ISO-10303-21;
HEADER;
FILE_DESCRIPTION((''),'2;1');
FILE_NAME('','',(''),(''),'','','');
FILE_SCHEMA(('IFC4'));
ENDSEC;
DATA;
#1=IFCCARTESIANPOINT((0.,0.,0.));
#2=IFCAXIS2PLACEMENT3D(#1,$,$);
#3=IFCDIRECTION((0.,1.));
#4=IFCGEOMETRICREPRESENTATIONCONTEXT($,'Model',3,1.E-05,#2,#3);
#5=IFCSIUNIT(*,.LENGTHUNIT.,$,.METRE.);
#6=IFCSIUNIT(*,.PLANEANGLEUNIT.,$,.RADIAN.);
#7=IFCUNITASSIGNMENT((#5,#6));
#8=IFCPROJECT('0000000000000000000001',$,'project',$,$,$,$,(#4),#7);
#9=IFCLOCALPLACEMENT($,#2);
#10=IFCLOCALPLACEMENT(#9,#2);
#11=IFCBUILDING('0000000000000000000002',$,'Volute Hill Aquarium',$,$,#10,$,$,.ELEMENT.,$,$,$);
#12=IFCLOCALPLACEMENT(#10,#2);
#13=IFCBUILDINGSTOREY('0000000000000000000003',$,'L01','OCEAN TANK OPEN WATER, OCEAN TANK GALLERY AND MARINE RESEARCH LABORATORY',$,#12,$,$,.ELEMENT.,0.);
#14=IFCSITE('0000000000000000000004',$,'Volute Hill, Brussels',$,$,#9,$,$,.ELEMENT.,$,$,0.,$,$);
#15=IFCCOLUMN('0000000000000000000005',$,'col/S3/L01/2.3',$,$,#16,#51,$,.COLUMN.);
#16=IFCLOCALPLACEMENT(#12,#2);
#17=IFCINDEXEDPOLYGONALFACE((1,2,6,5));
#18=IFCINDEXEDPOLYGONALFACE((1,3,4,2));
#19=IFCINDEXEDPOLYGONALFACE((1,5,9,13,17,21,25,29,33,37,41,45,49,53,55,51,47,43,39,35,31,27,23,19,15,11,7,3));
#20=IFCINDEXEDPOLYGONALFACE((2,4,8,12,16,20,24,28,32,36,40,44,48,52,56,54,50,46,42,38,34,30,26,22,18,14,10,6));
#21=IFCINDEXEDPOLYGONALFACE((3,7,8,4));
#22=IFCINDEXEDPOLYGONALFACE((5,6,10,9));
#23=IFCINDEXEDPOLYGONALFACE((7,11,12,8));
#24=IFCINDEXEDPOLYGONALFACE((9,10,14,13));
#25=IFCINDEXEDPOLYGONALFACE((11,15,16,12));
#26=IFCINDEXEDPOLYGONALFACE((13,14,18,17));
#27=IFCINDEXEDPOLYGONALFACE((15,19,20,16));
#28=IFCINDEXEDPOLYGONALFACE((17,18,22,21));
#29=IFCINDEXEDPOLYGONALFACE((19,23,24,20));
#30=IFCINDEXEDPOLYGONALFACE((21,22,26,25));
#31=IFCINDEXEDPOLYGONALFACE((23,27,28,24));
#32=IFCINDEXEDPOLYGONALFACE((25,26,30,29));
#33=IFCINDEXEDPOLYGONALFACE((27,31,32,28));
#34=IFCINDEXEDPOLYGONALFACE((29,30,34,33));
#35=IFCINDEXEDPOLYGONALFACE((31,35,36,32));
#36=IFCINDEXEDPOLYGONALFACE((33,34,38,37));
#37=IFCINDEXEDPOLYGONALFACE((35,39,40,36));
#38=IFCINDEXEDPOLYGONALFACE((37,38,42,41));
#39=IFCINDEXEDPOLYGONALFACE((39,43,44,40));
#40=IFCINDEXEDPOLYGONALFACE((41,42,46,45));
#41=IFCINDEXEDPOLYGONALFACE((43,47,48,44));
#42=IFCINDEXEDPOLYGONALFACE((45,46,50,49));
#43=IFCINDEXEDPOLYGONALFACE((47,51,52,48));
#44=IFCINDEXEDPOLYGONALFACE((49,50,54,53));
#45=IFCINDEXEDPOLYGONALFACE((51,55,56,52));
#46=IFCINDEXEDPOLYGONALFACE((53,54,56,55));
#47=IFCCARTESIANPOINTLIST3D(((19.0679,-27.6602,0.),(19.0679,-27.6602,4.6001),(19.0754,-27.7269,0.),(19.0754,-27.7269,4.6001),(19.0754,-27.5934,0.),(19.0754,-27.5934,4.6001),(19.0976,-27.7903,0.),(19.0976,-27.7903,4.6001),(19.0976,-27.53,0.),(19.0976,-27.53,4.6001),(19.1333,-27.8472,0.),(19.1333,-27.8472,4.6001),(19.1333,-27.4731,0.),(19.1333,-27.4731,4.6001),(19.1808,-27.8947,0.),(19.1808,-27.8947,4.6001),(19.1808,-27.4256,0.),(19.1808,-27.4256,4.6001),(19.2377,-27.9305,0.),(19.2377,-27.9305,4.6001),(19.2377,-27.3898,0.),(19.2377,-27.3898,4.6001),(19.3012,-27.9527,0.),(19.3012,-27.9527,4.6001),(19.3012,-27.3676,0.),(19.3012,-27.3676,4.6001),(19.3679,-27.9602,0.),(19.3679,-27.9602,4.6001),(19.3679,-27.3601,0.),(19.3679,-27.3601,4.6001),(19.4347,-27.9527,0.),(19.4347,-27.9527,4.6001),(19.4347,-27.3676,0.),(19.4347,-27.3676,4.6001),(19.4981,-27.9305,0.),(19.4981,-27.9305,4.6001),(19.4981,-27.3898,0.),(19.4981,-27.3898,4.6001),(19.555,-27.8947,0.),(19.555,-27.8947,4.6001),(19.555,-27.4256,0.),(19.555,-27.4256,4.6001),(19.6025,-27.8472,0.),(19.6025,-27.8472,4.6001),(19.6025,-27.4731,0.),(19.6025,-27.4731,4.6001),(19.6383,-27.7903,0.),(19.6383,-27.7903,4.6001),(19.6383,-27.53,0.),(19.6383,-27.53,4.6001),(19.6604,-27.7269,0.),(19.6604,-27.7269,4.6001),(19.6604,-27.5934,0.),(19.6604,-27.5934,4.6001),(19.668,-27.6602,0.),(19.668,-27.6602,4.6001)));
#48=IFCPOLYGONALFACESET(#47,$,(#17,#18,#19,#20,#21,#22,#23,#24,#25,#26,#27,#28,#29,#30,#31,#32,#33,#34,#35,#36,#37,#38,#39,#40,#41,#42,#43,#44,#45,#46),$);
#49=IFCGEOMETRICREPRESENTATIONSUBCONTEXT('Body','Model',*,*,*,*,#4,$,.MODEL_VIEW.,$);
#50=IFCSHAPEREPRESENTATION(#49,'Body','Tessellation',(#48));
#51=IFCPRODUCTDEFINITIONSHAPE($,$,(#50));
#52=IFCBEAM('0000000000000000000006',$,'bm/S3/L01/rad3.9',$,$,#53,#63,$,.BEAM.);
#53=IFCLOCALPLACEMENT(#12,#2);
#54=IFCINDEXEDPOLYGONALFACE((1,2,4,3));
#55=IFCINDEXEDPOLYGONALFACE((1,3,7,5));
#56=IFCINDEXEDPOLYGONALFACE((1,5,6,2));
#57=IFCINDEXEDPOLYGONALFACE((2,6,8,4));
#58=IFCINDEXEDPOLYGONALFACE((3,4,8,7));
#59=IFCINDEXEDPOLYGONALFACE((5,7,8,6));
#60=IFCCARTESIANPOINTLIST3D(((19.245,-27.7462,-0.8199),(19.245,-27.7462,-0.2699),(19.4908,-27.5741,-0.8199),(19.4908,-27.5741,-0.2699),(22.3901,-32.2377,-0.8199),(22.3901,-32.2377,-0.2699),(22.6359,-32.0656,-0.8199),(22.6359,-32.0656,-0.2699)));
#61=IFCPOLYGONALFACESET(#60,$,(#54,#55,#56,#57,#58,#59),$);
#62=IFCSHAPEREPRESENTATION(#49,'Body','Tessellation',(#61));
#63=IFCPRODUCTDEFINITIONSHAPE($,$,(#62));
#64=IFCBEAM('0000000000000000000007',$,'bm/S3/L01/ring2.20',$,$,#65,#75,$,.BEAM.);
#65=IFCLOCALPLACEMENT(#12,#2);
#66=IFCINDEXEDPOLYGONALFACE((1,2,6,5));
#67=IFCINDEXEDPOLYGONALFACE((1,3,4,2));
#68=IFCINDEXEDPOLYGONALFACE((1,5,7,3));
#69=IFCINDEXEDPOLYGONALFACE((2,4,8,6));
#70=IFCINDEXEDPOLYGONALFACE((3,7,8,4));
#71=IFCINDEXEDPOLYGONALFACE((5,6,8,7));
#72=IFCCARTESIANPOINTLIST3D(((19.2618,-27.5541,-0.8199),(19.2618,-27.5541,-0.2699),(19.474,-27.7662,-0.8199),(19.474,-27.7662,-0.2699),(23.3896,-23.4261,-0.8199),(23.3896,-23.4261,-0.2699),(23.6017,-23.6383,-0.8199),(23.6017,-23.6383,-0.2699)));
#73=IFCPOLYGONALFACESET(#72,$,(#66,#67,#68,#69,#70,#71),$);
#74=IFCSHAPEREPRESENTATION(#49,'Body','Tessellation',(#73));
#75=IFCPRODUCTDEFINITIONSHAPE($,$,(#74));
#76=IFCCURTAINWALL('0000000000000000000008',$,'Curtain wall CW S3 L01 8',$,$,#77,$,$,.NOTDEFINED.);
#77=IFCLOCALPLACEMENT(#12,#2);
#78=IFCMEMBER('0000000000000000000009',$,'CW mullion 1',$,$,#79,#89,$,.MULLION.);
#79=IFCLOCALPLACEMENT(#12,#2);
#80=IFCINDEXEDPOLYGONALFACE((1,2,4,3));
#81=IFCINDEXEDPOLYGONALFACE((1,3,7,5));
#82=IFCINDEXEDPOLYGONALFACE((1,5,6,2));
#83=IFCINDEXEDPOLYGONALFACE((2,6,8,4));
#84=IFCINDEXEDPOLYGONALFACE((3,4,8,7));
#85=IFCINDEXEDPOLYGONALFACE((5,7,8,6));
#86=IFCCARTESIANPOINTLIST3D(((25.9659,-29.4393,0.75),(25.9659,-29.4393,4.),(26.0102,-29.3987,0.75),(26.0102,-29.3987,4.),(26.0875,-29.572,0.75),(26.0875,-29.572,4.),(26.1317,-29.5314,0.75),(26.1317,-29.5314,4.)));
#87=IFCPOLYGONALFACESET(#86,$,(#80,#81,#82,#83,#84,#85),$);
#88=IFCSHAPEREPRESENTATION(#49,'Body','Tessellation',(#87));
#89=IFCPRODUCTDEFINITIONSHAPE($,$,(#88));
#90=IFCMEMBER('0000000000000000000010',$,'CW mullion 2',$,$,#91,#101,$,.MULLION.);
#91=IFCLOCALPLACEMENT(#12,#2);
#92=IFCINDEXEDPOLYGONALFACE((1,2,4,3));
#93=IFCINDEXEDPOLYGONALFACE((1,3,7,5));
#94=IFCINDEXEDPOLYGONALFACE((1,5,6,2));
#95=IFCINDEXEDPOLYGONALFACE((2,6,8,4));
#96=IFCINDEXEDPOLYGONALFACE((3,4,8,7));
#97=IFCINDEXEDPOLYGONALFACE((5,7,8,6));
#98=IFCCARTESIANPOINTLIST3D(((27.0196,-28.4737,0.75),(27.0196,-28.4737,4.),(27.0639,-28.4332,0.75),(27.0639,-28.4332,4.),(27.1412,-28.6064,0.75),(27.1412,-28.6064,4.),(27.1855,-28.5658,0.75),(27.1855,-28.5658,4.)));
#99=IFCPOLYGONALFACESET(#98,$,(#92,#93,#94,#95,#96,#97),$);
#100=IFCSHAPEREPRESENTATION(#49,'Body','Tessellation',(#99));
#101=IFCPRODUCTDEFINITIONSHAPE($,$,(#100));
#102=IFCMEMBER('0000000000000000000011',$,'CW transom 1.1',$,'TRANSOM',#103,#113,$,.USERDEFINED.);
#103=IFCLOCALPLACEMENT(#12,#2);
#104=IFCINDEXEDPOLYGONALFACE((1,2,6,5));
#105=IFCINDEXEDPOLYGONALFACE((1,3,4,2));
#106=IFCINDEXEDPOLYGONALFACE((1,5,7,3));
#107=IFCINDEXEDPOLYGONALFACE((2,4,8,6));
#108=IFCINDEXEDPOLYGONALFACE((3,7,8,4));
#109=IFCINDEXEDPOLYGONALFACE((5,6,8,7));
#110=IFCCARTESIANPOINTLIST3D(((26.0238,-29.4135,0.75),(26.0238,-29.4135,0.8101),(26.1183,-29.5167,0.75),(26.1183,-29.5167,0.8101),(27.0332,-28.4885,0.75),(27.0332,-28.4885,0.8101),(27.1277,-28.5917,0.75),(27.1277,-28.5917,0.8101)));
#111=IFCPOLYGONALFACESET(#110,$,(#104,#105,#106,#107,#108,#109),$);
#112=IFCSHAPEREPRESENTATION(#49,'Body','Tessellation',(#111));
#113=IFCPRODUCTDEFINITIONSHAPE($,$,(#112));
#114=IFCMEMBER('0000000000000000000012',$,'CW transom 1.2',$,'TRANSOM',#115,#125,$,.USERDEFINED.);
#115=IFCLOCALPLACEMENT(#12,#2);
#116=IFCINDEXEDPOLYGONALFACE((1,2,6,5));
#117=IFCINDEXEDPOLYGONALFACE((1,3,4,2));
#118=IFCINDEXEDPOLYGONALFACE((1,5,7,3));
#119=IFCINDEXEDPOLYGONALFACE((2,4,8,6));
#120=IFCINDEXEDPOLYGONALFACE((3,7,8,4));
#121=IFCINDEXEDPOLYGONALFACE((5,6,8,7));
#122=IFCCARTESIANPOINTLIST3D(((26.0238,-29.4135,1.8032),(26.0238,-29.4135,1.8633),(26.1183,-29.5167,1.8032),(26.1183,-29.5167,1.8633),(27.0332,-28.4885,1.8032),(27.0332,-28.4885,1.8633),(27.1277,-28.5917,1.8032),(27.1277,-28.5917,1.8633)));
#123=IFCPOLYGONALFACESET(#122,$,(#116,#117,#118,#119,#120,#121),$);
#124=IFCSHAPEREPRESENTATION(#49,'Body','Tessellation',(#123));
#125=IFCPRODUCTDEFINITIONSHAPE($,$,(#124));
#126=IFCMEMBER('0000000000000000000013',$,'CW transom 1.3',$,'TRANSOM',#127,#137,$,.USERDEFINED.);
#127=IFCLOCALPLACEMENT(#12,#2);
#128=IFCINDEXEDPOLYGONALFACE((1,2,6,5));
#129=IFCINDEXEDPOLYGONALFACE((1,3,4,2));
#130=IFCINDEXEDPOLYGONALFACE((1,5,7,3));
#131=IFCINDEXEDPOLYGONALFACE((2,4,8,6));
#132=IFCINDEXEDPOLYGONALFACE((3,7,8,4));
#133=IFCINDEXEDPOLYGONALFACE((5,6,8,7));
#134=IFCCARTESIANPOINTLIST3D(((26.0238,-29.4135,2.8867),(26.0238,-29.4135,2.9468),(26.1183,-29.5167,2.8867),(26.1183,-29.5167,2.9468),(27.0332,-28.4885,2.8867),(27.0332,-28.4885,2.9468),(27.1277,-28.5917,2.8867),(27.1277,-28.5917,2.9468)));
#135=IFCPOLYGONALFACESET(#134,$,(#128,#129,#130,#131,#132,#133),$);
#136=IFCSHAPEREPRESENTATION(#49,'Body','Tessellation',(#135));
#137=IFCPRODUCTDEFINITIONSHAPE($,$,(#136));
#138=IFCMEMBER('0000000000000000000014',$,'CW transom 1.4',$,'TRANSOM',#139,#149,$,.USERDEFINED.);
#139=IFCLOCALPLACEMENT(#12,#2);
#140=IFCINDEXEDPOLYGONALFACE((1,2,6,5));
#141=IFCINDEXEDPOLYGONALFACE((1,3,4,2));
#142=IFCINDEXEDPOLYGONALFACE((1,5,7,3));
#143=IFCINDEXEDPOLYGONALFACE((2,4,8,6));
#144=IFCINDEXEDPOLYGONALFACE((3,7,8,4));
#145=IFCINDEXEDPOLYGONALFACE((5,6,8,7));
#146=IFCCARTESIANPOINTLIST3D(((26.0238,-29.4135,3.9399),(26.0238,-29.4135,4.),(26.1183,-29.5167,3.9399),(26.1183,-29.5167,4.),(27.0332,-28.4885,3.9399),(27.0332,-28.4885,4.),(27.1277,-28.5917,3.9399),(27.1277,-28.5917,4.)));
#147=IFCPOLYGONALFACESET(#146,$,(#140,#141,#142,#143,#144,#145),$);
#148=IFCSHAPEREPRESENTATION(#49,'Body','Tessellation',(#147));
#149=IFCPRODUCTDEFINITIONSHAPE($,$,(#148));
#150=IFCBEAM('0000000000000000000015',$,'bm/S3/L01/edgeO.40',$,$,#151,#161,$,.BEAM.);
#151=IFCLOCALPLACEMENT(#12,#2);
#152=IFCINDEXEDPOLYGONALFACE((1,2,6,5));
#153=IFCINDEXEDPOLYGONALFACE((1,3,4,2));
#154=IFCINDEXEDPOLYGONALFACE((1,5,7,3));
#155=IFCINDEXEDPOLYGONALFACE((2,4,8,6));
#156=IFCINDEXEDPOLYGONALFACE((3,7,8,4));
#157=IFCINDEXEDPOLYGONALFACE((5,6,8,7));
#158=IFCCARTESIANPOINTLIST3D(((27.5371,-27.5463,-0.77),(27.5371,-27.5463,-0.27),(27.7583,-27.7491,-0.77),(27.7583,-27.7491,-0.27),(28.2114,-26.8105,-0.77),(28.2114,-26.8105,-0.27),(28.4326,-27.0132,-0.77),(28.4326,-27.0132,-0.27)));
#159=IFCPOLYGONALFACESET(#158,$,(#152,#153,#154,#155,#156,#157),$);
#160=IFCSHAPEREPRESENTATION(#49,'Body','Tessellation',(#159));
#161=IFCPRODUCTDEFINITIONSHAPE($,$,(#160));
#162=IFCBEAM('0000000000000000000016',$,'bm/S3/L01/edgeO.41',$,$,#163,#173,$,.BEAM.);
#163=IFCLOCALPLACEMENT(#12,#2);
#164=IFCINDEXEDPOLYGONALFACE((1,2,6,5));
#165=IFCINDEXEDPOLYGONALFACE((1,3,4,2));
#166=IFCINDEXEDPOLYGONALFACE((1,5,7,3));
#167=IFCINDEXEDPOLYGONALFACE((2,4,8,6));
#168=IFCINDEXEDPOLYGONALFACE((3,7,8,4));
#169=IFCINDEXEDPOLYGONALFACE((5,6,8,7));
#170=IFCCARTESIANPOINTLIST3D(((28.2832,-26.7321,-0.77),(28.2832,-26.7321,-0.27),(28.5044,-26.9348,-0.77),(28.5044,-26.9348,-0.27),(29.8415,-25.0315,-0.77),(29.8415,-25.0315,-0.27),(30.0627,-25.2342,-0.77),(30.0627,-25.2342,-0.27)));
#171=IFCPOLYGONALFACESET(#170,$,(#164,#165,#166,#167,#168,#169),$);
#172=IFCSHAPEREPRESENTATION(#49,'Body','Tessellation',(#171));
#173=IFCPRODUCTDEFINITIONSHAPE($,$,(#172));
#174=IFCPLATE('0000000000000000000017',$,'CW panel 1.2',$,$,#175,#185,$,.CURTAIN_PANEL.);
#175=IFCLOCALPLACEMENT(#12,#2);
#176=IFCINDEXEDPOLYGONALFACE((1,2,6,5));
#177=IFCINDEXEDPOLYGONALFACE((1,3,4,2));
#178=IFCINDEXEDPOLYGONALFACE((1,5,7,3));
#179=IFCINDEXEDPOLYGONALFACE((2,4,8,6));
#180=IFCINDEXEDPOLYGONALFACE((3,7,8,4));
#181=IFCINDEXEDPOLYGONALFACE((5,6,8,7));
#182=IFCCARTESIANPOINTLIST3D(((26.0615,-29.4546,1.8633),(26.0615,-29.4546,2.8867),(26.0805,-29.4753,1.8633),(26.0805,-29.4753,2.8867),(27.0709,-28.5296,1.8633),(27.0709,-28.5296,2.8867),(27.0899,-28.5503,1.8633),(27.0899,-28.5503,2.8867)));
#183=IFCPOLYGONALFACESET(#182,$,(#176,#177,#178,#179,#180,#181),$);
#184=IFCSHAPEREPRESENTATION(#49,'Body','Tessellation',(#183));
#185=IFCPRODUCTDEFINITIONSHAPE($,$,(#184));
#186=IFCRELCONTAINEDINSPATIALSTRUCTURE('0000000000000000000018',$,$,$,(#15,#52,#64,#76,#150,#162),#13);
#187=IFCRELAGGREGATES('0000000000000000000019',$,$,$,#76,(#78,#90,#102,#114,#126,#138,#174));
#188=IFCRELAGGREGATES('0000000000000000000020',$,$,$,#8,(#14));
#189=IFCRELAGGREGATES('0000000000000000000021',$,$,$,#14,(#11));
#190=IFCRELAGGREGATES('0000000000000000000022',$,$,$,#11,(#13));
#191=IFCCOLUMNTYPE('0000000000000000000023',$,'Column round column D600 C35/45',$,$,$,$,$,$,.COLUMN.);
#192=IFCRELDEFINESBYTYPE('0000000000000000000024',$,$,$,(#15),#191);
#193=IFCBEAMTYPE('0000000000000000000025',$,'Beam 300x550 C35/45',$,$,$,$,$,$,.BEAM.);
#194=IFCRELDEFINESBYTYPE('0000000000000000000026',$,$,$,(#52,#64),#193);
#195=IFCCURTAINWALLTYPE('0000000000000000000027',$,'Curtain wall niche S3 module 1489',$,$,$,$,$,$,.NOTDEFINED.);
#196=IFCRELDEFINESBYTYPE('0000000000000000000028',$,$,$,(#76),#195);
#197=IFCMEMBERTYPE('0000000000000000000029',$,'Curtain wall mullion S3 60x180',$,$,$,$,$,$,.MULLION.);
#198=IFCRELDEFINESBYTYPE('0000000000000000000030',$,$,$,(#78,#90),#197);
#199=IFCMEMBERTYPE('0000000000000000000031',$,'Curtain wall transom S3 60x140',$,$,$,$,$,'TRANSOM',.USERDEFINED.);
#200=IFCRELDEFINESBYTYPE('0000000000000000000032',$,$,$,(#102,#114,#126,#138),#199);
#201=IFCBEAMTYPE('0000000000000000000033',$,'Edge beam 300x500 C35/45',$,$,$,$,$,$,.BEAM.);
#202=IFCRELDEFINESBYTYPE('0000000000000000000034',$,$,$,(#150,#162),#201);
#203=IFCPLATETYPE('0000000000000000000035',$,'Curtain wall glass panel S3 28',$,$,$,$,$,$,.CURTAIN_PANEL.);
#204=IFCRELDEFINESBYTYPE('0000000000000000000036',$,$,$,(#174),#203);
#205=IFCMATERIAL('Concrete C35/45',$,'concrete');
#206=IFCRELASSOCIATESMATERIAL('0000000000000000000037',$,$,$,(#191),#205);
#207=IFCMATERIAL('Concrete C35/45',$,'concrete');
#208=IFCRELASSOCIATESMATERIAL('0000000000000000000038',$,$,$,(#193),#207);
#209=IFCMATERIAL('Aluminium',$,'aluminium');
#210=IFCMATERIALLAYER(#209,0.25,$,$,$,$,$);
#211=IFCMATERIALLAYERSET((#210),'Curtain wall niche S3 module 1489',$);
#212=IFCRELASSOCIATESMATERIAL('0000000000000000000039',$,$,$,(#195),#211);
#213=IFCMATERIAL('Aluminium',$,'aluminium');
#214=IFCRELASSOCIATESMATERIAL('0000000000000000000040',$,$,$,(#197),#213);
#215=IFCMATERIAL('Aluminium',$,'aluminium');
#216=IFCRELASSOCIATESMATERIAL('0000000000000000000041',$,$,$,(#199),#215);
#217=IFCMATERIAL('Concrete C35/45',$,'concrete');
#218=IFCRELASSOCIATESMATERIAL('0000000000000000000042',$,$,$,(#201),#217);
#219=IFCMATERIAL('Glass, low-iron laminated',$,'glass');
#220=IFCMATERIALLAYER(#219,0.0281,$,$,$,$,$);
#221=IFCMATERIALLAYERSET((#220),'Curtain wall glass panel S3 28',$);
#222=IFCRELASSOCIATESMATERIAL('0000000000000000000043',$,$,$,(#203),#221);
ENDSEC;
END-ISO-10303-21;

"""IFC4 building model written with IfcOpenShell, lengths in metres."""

from ifc_helpers import new_model, si_unit, direction, frame, origin, origin_2d, place, context, subcontext, project, spatial, rectangle, circle, extrude, material, layer, layer_set, material_profile, profile_set, type_object, element, aggregate, save


model = new_model("IFC4")

# Units and contexts
model_context = context("Model", 3, precision=1e-05, world=origin(), true_north=direction((0.0, 1.0)))
body_context = subcontext(model_context, "Body", "Model", "MODEL_VIEW")
ifc_project = project(units=[si_unit("LENGTHUNIT", "METRE"), si_unit("PLANEANGLEUNIT", "RADIAN")], contexts=[model_context])

# Site, building, storey
site_placement = place(None, origin())
site = spatial("IfcSite", under=ifc_project, at=site_placement, Name="Volute Hill, Brussels", CompositionType="ELEMENT", RefElevation=0.0)
building_placement = place(site_placement, origin())
building = spatial("IfcBuilding", under=site, at=building_placement, Name="Volute Hill Aquarium", CompositionType="ELEMENT")
storey_placement = place(building_placement, origin())
storey = spatial("IfcBuildingStorey", under=building, at=storey_placement, Name="L01", Description="OCEAN TANK OPEN WATER, OCEAN TANK GALLERY AND MARINE RESEARCH LABORATORY", CompositionType="ELEMENT", Elevation=0.0)

# Column
ifc_material_1 = material(Name="Concrete C35/45", Category="concrete")
ifc_material_profile_1 = material_profile(ifc_material_1, circle(Radius=0.3, at=origin_2d()), Name="RC round column D600")
ifc_profile_set_1 = profile_set([ifc_material_profile_1], Name="Concrete C35/45")
column_type = type_object("IfcColumnType", Name="Column round column D600 C35/45", PredefinedType="COLUMN", material=ifc_profile_set_1)
column_placement = place(storey_placement, frame((19.3679, -27.6602, 0.0), z_axis=(0.0, 0.0, 1.0), x_axis=(1.0, 0.0, 0.0)))
element("IfcColumn", 1, at=column_placement, inside=storey, type_object=column_type, Name="col/S3/L01/2.3", PredefinedType="COLUMN", context=body_context, shape_type="SweptSolid", body=[
    extrude(circle(Radius=0.3, at=origin_2d()), origin(), (0.0, 0.0, 1.0), 4.6001),
])

# Beams
ifc_material_2 = material(Name="Concrete C35/45", Category="concrete")
ifc_material_profile_2 = material_profile(ifc_material_2, rectangle(XDim=0.3, YDim=0.55, at=origin_2d()), Name="RC beam 300x550")
ifc_profile_set_2 = profile_set([ifc_material_profile_2], Name="Concrete C35/45")
beam_type_1 = type_object("IfcBeamType", Name="Beam 300x550 C35/45", PredefinedType="BEAM", material=ifc_profile_set_2)
beam_1_placement = place(storey_placement, frame((19.3679, -27.6602, -0.5449), z_axis=(0.573585, -0.819146, 0.0), x_axis=(0.819146, 0.573585, 0.0)))
element("IfcBeam", 2, at=beam_1_placement, inside=storey, type_object=beam_type_1, Name="bm/S3/L01/rad3.9", PredefinedType="BEAM", context=body_context, shape_type="SweptSolid", body=[
    extrude(rectangle(XDim=0.3, YDim=0.55, at=origin_2d()), origin(), (0.0, 0.0, 1.0), 5.4832),
])
beam_2_placement = place(storey_placement, frame((19.3679, -27.6602, -0.5449), z_axis=(0.707086, 0.707128, 0.0), x_axis=(-0.707128, 0.707086, 0.0)))
element("IfcBeam", 3, at=beam_2_placement, inside=storey, type_object=beam_type_1, Name="bm/S3/L01/ring2.20", PredefinedType="BEAM", context=body_context, shape_type="SweptSolid", body=[
    extrude(rectangle(XDim=0.3, YDim=0.55, at=origin_2d()), origin(), (0.0, 0.0, 1.0), 5.8376),
])

# Curtain wall, members
ifc_material_3 = material(Name="Aluminium", Category="aluminium")
ifc_layer_1 = layer(ifc_material_3, 0.25)
ifc_layer_set_1 = layer_set([ifc_layer_1], Name="Curtain wall niche S3 module 1489")
curtain_wall_type = type_object("IfcCurtainWallType", Name="Curtain wall niche S3 module 1489", PredefinedType="NOTDEFINED", material=ifc_layer_set_1)
curtain_wall_placement = place(storey_placement, origin())
curtain_wall = element("IfcCurtainWall", 4, at=curtain_wall_placement, inside=storey, type_object=curtain_wall_type, Name="Curtain wall CW S3 L01 8", PredefinedType="NOTDEFINED")
ifc_material_4 = material(Name="Aluminium", Category="aluminium")
ifc_material_profile_3 = material_profile(ifc_material_4, rectangle(XDim=0.1799, YDim=0.0601, at=origin_2d()), Name="Curtain wall mullion S3 60x180")
ifc_profile_set_3 = profile_set([ifc_material_profile_3], Name="Aluminium")
member_type_1 = type_object("IfcMemberType", Name="Curtain wall mullion S3 60x180", PredefinedType="MULLION", material=ifc_profile_set_3)
member_1_placement = place(storey_placement, frame((26.0488, -29.4854, 0.75), z_axis=(0.0, 0.0, 1.0), x_axis=(-0.675613, 0.737256, 0.0)))
member_1 = element("IfcMember", 5, at=member_1_placement, type_object=member_type_1, Name="CW mullion 1", PredefinedType="MULLION", context=body_context, shape_type="SweptSolid", body=[
    extrude(rectangle(XDim=0.1799, YDim=0.0601, at=origin_2d()), origin(), (0.0, 0.0, 1.0), 3.25),
])
member_2_placement = place(storey_placement, frame((27.1025, -28.5198, 0.75), z_axis=(0.0, 0.0, 1.0), x_axis=(-0.675613, 0.737256, 0.0)))
member_2 = element("IfcMember", 6, at=member_2_placement, type_object=member_type_1, Name="CW mullion 2", PredefinedType="MULLION", context=body_context, shape_type="SweptSolid", body=[
    extrude(rectangle(XDim=0.1799, YDim=0.0601, at=origin_2d()), origin(), (0.0, 0.0, 1.0), 3.25),
])
ifc_material_5 = material(Name="Aluminium", Category="aluminium")
ifc_material_profile_4 = material_profile(ifc_material_5, rectangle(XDim=0.1399, YDim=0.0601, at=origin_2d()), Name="Curtain wall transom S3 60x140")
ifc_profile_set_4 = profile_set([ifc_material_profile_4], Name="Aluminium")
member_type_2 = type_object("IfcMemberType", Name="Curtain wall transom S3 60x140", ElementType="TRANSOM", PredefinedType="USERDEFINED", material=ifc_profile_set_4)
member_3_placement = place(storey_placement, frame((26.071, -29.4651, 0.78), z_axis=(0.73728, 0.675587, 0.0), x_axis=(-0.675587, 0.73728, 0.0)))
member_3 = element("IfcMember", 7, at=member_3_placement, type_object=member_type_2, Name="CW transom 1.1", ObjectType="TRANSOM", PredefinedType="USERDEFINED", context=body_context, shape_type="SweptSolid", body=[
    extrude(rectangle(XDim=0.1399, YDim=0.0601, at=origin_2d()), origin(), (0.0, 0.0, 1.0), 1.3691),
])
member_4_placement = place(storey_placement, frame((26.071, -29.4651, 1.8333), z_axis=(0.73728, 0.675587, 0.0), x_axis=(-0.675587, 0.73728, 0.0)))
member_4 = element("IfcMember", 8, at=member_4_placement, type_object=member_type_2, Name="CW transom 1.2", ObjectType="TRANSOM", PredefinedType="USERDEFINED", context=body_context, shape_type="SweptSolid", body=[
    extrude(rectangle(XDim=0.1399, YDim=0.0601, at=origin_2d()), origin(), (0.0, 0.0, 1.0), 1.3691),
])
member_5_placement = place(storey_placement, frame((26.071, -29.4651, 2.9167), z_axis=(0.73728, 0.675587, 0.0), x_axis=(-0.675587, 0.73728, 0.0)))
member_5 = element("IfcMember", 9, at=member_5_placement, type_object=member_type_2, Name="CW transom 1.3", ObjectType="TRANSOM", PredefinedType="USERDEFINED", context=body_context, shape_type="SweptSolid", body=[
    extrude(rectangle(XDim=0.1399, YDim=0.0601, at=origin_2d()), origin(), (0.0, 0.0, 1.0), 1.3691),
])
member_6_placement = place(storey_placement, frame((26.071, -29.4651, 3.97), z_axis=(0.73728, 0.675587, 0.0), x_axis=(-0.675587, 0.73728, 0.0)))
member_6 = element("IfcMember", 10, at=member_6_placement, type_object=member_type_2, Name="CW transom 1.4", ObjectType="TRANSOM", PredefinedType="USERDEFINED", context=body_context, shape_type="SweptSolid", body=[
    extrude(rectangle(XDim=0.1399, YDim=0.0601, at=origin_2d()), origin(), (0.0, 0.0, 1.0), 1.3691),
])

# Beams
ifc_material_6 = material(Name="Concrete C35/45", Category="concrete")
ifc_material_profile_5 = material_profile(ifc_material_6, rectangle(XDim=0.3, YDim=0.5, at=origin_2d()), Name="RC edge beam 300x500")
ifc_profile_set_5 = profile_set([ifc_material_profile_5], Name="Concrete C35/45")
beam_type_2 = type_object("IfcBeamType", Name="Edge beam 300x500 C35/45", PredefinedType="BEAM", material=ifc_profile_set_5)
beam_3_placement = place(storey_placement, frame((27.6477, -27.6477, -0.52), z_axis=(0.675614, 0.737256, 0.0), x_axis=(-0.737256, 0.675614, 0.0)))
element("IfcBeam", 11, at=beam_3_placement, inside=storey, type_object=beam_type_2, Name="bm/S3/L01/edgeO.40", PredefinedType="BEAM", context=body_context, shape_type="SweptSolid", body=[
    extrude(rectangle(XDim=0.3, YDim=0.5, at=origin_2d()), origin(), (0.0, 0.0, 1.0), 0.998),
])
beam_4_placement = place(storey_placement, frame((28.3938, -26.8335, -0.52), z_axis=(0.675581, 0.737286, 0.0), x_axis=(-0.737286, 0.675581, 0.0)))
element("IfcBeam", 12, at=beam_4_placement, inside=storey, type_object=beam_type_2, Name="bm/S3/L01/edgeO.41", PredefinedType="BEAM", context=body_context, shape_type="SweptSolid", body=[
    extrude(rectangle(XDim=0.3, YDim=0.5, at=origin_2d()), origin(), (0.0, 0.0, 1.0), 2.3066),
])

# Plate
ifc_material_7 = material(Name="Glass, low-iron laminated", Category="glass")
ifc_layer_2 = layer(ifc_material_7, 0.0281)
ifc_layer_set_2 = layer_set([ifc_layer_2], Name="Curtain wall glass panel S3 28")
plate_type_1 = type_object("IfcPlateType", Name="Curtain wall glass panel S3 28", PredefinedType="CURTAIN_PANEL", material=ifc_layer_set_2)
plate_1_placement = place(storey_placement, frame((26.5757, -29.0024, 1.8633), z_axis=(0.0, 0.0, 1.0), x_axis=(0.737256, 0.675613, 0.0)))
plate_1 = element("IfcPlate", 13, at=plate_1_placement, type_object=plate_type_1, Name="CW panel 1.2", PredefinedType="CURTAIN_PANEL", context=body_context, shape_type="SweptSolid", body=[
    extrude(rectangle(XDim=1.3691, YDim=0.0281, at=origin_2d()), origin(), (0.0, 0.0, 1.0), 1.0234),
])
aggregate(curtain_wall, [member_1, member_2, member_3, member_4, member_5, member_6, plate_1])

save(model, "model.ifc")
